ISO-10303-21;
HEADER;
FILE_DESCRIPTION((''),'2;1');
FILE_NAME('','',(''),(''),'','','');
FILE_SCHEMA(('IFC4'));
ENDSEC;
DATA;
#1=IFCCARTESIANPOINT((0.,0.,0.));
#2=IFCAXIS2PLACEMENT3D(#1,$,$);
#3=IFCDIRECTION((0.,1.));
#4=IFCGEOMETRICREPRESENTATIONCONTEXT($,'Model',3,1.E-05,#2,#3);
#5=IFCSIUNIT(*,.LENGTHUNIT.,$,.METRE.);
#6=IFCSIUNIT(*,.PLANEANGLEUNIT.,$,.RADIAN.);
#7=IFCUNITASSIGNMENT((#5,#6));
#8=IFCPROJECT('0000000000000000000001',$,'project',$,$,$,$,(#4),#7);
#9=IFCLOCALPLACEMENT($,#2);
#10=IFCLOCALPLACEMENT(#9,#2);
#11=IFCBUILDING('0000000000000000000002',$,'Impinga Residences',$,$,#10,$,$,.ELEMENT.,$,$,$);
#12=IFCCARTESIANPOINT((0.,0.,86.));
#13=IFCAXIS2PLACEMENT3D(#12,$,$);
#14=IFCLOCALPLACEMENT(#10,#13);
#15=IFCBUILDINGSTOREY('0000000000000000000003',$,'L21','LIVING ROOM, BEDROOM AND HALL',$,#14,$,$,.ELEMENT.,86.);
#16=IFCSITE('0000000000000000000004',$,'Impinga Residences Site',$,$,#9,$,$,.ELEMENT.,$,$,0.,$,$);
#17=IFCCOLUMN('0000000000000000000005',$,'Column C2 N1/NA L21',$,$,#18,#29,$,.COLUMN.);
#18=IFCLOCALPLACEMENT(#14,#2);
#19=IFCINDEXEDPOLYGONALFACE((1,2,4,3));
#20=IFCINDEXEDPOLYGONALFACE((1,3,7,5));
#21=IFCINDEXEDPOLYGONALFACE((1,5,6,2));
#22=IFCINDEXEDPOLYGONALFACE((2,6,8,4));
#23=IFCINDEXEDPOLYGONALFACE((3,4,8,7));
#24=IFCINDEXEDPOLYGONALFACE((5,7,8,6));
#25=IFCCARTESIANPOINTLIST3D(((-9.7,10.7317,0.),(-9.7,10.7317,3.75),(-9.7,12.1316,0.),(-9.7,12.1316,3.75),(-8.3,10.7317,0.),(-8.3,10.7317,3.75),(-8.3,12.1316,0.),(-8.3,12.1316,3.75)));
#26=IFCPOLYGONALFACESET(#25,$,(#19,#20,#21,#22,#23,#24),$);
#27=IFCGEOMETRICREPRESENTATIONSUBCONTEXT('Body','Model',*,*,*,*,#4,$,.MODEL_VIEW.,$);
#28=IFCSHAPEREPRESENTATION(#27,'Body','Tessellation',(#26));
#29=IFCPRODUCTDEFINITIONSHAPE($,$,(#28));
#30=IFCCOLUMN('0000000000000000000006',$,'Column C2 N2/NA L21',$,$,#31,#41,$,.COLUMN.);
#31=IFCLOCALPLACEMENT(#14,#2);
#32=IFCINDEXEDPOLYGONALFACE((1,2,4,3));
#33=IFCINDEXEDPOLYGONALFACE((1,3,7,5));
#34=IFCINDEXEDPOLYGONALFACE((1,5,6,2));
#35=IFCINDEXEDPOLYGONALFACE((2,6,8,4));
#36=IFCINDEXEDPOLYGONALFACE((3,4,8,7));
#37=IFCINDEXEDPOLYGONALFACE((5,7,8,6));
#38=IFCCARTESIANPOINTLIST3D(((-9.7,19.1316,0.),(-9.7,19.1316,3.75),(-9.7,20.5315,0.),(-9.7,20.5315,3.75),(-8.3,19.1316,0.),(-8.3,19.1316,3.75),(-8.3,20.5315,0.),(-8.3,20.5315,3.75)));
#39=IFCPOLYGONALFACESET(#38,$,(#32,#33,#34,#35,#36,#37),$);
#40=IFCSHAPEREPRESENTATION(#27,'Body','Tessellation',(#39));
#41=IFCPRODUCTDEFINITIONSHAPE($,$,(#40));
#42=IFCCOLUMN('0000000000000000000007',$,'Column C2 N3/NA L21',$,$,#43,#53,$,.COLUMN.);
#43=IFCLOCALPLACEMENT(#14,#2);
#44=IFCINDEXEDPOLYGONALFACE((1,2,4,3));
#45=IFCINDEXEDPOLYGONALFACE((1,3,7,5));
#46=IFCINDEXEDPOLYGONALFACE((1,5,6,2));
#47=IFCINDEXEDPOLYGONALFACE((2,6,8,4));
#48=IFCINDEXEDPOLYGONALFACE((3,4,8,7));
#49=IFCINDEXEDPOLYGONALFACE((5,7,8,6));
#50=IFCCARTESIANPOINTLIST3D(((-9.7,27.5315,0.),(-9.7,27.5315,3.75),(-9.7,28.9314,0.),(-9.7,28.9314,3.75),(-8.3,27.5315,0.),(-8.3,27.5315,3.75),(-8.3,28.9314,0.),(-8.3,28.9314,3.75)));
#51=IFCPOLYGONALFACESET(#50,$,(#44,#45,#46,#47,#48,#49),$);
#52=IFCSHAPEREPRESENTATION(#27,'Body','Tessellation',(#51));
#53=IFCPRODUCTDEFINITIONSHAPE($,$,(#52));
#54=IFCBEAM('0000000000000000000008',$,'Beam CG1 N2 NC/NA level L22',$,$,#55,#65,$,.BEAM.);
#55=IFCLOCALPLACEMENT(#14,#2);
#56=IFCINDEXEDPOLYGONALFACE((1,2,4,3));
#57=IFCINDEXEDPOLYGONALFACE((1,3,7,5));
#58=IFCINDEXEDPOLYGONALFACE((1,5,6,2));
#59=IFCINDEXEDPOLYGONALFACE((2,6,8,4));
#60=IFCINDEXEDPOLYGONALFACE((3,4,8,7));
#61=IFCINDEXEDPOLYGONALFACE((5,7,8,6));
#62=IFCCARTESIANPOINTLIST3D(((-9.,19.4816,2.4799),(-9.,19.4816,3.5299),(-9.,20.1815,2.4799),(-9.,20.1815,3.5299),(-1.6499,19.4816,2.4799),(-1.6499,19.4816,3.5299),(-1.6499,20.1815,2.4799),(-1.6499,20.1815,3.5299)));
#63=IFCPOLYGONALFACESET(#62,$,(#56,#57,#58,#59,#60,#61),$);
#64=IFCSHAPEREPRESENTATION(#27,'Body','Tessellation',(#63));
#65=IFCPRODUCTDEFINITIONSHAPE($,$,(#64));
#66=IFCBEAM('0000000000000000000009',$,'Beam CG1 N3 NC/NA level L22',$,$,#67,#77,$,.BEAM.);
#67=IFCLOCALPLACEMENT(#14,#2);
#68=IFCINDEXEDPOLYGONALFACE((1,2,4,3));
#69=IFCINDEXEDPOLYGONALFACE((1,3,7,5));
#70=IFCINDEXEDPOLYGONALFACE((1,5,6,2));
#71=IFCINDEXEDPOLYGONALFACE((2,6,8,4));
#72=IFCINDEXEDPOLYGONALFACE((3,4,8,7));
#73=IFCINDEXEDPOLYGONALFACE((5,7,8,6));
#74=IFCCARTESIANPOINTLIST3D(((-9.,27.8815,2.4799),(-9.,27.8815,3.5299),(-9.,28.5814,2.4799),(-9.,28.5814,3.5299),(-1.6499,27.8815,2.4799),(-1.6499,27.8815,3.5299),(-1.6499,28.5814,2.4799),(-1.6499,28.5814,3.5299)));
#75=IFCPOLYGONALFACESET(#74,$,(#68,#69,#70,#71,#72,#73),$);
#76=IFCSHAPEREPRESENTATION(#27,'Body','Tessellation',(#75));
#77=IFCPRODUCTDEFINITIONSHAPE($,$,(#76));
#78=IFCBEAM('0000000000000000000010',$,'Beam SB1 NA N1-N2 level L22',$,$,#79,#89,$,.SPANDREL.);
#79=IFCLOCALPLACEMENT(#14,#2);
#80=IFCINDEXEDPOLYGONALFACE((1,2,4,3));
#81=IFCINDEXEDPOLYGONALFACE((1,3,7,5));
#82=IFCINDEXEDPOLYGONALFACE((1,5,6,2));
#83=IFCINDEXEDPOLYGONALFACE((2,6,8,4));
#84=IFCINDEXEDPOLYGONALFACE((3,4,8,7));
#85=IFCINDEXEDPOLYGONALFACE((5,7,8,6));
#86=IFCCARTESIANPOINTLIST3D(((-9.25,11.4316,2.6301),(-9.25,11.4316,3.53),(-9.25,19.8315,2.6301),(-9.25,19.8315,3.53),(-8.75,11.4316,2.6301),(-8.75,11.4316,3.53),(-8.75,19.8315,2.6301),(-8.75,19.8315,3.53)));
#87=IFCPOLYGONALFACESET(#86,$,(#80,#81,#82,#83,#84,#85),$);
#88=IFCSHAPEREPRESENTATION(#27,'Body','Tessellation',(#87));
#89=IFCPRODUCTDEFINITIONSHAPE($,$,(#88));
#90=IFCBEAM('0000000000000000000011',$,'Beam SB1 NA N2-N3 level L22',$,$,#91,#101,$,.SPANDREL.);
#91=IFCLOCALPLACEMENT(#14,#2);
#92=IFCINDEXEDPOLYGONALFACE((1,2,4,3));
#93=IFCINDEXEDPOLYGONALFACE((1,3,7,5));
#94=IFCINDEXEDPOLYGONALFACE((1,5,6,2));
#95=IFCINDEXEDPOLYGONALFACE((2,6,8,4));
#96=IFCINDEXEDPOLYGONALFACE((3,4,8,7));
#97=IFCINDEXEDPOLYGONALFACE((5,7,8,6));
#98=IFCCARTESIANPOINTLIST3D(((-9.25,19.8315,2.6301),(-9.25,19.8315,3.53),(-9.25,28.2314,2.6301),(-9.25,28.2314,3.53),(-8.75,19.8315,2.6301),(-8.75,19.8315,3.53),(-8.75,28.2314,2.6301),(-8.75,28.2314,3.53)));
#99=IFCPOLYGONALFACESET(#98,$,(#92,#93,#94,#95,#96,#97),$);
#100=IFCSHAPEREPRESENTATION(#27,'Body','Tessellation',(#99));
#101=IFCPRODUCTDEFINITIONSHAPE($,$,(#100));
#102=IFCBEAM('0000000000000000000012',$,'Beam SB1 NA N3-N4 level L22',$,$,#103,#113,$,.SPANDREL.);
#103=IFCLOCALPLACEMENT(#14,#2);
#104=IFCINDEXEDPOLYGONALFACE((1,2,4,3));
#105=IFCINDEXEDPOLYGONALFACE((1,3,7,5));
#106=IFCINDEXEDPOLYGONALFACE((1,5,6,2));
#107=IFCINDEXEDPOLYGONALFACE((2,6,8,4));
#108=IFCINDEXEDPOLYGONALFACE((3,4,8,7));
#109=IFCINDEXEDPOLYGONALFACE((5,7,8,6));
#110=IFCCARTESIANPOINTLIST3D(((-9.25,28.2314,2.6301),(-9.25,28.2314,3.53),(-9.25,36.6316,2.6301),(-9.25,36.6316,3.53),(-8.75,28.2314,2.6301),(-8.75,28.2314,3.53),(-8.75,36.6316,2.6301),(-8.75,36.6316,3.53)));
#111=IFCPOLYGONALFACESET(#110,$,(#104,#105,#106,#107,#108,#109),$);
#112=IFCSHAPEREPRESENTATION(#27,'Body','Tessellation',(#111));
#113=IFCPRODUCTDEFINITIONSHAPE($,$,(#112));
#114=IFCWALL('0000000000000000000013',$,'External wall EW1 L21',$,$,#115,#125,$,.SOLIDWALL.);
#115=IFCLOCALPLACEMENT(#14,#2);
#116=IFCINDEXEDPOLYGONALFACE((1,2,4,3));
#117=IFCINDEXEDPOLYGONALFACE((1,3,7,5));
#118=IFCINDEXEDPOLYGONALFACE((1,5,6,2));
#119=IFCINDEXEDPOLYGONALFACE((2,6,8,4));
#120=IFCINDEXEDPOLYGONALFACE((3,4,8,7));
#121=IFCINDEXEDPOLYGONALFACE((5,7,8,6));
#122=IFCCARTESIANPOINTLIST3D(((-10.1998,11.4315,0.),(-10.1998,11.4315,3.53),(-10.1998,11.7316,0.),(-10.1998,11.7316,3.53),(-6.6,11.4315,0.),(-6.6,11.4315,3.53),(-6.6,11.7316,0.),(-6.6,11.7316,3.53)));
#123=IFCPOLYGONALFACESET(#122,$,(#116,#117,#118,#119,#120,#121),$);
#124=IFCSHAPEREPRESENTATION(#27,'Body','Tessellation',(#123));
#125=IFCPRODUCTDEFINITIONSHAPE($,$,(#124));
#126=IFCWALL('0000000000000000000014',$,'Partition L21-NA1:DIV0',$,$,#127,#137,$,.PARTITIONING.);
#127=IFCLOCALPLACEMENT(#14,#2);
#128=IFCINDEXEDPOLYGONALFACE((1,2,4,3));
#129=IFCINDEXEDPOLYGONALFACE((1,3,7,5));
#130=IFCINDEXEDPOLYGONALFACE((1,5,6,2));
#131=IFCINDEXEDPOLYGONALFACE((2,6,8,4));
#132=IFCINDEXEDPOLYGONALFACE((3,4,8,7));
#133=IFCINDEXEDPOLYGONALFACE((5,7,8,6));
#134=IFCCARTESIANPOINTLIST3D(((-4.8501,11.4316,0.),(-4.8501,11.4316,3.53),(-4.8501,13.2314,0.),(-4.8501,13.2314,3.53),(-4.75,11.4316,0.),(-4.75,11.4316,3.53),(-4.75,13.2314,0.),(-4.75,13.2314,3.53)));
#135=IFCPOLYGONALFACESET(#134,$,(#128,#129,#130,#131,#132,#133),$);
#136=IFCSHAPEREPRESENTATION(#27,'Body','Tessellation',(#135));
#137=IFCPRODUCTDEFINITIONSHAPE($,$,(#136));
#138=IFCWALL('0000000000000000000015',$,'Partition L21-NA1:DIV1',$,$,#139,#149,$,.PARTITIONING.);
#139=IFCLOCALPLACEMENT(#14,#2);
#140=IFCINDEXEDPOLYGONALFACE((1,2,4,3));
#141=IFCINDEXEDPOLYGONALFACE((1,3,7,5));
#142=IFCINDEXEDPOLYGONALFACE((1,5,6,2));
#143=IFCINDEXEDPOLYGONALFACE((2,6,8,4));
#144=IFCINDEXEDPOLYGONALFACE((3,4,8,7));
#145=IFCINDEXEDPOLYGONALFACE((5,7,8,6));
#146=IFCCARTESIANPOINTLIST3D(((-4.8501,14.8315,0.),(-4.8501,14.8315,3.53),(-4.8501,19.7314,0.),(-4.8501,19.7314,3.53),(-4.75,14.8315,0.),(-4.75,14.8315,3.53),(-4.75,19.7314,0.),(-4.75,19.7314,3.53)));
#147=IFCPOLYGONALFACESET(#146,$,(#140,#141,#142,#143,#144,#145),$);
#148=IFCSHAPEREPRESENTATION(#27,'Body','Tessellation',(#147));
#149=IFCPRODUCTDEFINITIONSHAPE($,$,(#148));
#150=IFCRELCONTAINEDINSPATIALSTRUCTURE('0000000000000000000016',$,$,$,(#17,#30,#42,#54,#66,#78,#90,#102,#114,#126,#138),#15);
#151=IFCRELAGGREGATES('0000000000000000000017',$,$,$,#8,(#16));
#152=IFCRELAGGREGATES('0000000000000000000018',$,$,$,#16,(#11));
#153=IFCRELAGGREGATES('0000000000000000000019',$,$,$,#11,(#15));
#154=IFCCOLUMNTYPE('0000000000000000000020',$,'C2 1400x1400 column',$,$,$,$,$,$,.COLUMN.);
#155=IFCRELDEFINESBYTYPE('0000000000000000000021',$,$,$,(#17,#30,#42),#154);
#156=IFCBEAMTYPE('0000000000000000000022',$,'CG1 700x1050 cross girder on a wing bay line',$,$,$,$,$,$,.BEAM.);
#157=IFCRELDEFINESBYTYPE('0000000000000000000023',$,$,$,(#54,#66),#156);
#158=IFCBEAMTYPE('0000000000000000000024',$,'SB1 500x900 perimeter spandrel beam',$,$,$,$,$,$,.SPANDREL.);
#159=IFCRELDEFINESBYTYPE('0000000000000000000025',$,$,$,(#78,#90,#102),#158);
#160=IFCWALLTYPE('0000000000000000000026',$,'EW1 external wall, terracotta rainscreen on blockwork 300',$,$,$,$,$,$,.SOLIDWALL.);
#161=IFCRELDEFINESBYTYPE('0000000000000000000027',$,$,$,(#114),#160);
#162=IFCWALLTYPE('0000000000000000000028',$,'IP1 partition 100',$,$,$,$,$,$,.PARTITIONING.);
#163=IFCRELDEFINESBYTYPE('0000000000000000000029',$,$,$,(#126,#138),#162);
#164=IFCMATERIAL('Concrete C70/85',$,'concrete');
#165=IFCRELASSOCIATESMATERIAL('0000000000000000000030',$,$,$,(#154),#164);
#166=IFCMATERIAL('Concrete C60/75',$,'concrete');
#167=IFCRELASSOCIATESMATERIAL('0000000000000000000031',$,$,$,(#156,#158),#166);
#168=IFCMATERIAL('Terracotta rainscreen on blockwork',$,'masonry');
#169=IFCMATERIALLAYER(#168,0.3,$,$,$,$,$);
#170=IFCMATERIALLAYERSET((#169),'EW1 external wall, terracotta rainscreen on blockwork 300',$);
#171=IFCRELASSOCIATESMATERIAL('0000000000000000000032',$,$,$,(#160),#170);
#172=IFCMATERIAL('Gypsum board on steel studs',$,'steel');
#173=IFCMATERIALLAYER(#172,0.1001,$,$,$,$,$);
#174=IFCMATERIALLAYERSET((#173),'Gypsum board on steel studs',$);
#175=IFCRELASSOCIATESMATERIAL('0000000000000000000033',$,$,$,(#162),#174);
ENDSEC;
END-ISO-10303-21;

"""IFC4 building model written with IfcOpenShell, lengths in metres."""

from ifc_helpers import new_model, si_unit, direction, frame, frame_2d, origin, origin_2d, place, context, subcontext, project, spatial, rectangle, extrude, material, layer, layer_set, material_profile, profile_set, type_object, element, save


model = new_model("IFC4")

# Units and contexts
model_context = context("Model", 3, precision=1e-05, world=origin(), true_north=direction((0.0, 1.0)))
body_context = subcontext(model_context, "Body", "Model", "MODEL_VIEW")
ifc_project = project(units=[si_unit("LENGTHUNIT", "METRE"), si_unit("PLANEANGLEUNIT", "RADIAN")], contexts=[model_context])

# Site, building, storey
site_placement = place(None, origin())
site = spatial("IfcSite", under=ifc_project, at=site_placement, Name="Impinga Residences Site", CompositionType="ELEMENT", RefElevation=0.0)
building_placement = place(site_placement, origin())
building = spatial("IfcBuilding", under=site, at=building_placement, Name="Impinga Residences", CompositionType="ELEMENT")
storey_placement = place(building_placement, frame((0.0, 0.0, 86.0)))
storey = spatial("IfcBuildingStorey", under=building, at=storey_placement, Name="L21", Description="LIVING ROOM, BEDROOM AND HALL", CompositionType="ELEMENT", Elevation=86.0)

# Columns
ifc_material_1 = material(Name="Concrete C70/85", Category="concrete")
ifc_material_profile_1 = material_profile(ifc_material_1, rectangle(XDim=1.3999, YDim=1.3999, at=origin_2d()), Name="RC 1400x1400")
ifc_profile_set_1 = profile_set([ifc_material_profile_1], Name="Concrete C70/85")
column_type = type_object("IfcColumnType", Name="C2 1400x1400 column", PredefinedType="COLUMN", material=ifc_profile_set_1)
for number, where, z_axis, x_axis, name in (
    (1, (-9.0, 11.4316, 0.0), (0.0, 0.0, 1.0), (1.0, 0.0, 0.0), "Column C2 N1/NA L21"),
    (2, (-9.0, 19.8315, 0.0), (0.0, 0.0, 1.0), (1.0, 0.0, 0.0), "Column C2 N2/NA L21"),
    (3, (-9.0, 28.2314, 0.0), (0.0, 0.0, 1.0), (1.0, 0.0, 0.0), "Column C2 N3/NA L21"),
):
    element("IfcColumn", number, at=place(storey_placement, frame(where, z_axis=z_axis, x_axis=x_axis)), inside=storey, type_object=column_type, Name=name, PredefinedType="COLUMN", context=body_context, shape_type="SweptSolid", body=[
        extrude(rectangle(XDim=1.3999, YDim=1.3999, at=origin_2d()), origin(), (0.0, 0.0, 1.0), 3.75),
    ])

# Beams
ifc_material_2 = material(Name="Concrete C60/75", Category="concrete")
ifc_material_profile_2 = material_profile(ifc_material_2, rectangle(XDim=0.7, YDim=1.05, at=origin_2d()), Name="RC 700x1050")
ifc_profile_set_2 = profile_set([ifc_material_profile_2], Name="Concrete C60/75")
beam_type_1 = type_object("IfcBeamType", Name="CG1 700x1050 cross girder on a wing bay line", PredefinedType="BEAM", material=ifc_profile_set_2)
for number, where, z_axis, x_axis, name in (
    (4, (-1.6499, 19.8315, 3.0049), (-1.0, 0.0, 0.0), (0.0, -1.0, 0.0), "Beam CG1 N2 NC/NA level L22"),
    (5, (-1.6499, 28.2314, 3.0049), (-1.0, 0.0, 0.0), (0.0, -1.0, 0.0), "Beam CG1 N3 NC/NA level L22"),
):
    element("IfcBeam", number, at=place(storey_placement, frame(where, z_axis=z_axis, x_axis=x_axis)), inside=storey, type_object=beam_type_1, Name=name, PredefinedType="BEAM", context=body_context, shape_type="SweptSolid", body=[
        extrude(rectangle(XDim=0.7, YDim=1.05, at=origin_2d()), origin(), (0.0, 0.0, 1.0), 7.3501),
    ])
ifc_material_profile_3 = material_profile(ifc_material_2, rectangle(XDim=0.5, YDim=0.8999, at=origin_2d()), Name="RC 500x900")
ifc_profile_set_3 = profile_set([ifc_material_profile_3], Name="Concrete C60/75")
beam_type_2 = type_object("IfcBeamType", Name="SB1 500x900 perimeter spandrel beam", PredefinedType="SPANDREL", material=ifc_profile_set_3)
for number, where, z_axis, x_axis, name in (
    (6, (-9.0, 11.4316, 3.0801), (0.0, 1.0, 0.0), (-1.0, 0.0, 0.0), "Beam SB1 NA N1-N2 level L22"),
    (7, (-9.0, 19.8315, 3.0801), (0.0, 1.0, 0.0), (-1.0, 0.0, 0.0), "Beam SB1 NA N2-N3 level L22"),
):
    element("IfcBeam", number, at=place(storey_placement, frame(where, z_axis=z_axis, x_axis=x_axis)), inside=storey, type_object=beam_type_2, Name=name, PredefinedType="SPANDREL", context=body_context, shape_type="SweptSolid", body=[
        extrude(rectangle(XDim=0.5, YDim=0.8999, at=origin_2d()), origin(), (0.0, 0.0, 1.0), 8.3999),
    ])
beam_placement = place(storey_placement, frame((-9.0, 28.2314, 3.0801), z_axis=(0.0, 1.0, 0.0), x_axis=(-1.0, 0.0, 0.0)))
element("IfcBeam", 8, at=beam_placement, inside=storey, type_object=beam_type_2, Name="Beam SB1 NA N3-N4 level L22", PredefinedType="SPANDREL", context=body_context, shape_type="SweptSolid", body=[
    extrude(rectangle(XDim=0.5, YDim=0.8999, at=origin_2d()), origin(), (0.0, 0.0, 1.0), 8.4001),
])

# Walls
ifc_material_3 = material(Name="Terracotta rainscreen on blockwork", Category="masonry")
ifc_layer_1 = layer(ifc_material_3, 0.3)
ifc_layer_set_1 = layer_set([ifc_layer_1], Name="EW1 external wall, terracotta rainscreen on blockwork 300")
wall_type_1 = type_object("IfcWallType", Name="EW1 external wall, terracotta rainscreen on blockwork 300", PredefinedType="SOLIDWALL", material=ifc_layer_set_1)
wall_1_placement = place(storey_placement, frame((-6.6001, 11.5815, 0.0), z_axis=(0.0, 0.0, 1.0), x_axis=(-1.0, 0.0, 0.0)))
element("IfcWall", 9, at=wall_1_placement, inside=storey, type_object=wall_type_1, Name="External wall EW1 L21", PredefinedType="SOLIDWALL", context=body_context, shape_type="SweptSolid", body=[
    extrude(rectangle(XDim=3.5999, YDim=0.3, at=frame_2d((1.7998, 0.0))), origin(), (0.0, 0.0, 1.0), 3.53),
])
ifc_material_4 = material(Name="Gypsum board on steel studs", Category="steel")
ifc_layer_2 = layer(ifc_material_4, 0.1001)
ifc_layer_set_2 = layer_set([ifc_layer_2], Name="Gypsum board on steel studs")
wall_type_2 = type_object("IfcWallType", Name="IP1 partition 100", PredefinedType="PARTITIONING", material=ifc_layer_set_2)
wall_2_placement = place(storey_placement, frame((-4.8, 11.4316, 0.0), z_axis=(0.0, 0.0, 1.0), x_axis=(0.0, 1.0, 0.0)))
element("IfcWall", 10, at=wall_2_placement, inside=storey, type_object=wall_type_2, Name="Partition L21-NA1:DIV0", PredefinedType="PARTITIONING", context=body_context, shape_type="SweptSolid", body=[
    extrude(rectangle(XDim=1.7998, YDim=0.1001, at=frame_2d((0.8999, 0.0))), origin(), (0.0, 0.0, 1.0), 3.53),
])
wall_3_placement = place(storey_placement, frame((-4.8, 14.8315, 0.0), z_axis=(0.0, 0.0, 1.0), x_axis=(0.0, 1.0, 0.0)))
element("IfcWall", 11, at=wall_3_placement, inside=storey, type_object=wall_type_2, Name="Partition L21-NA1:DIV1", PredefinedType="PARTITIONING", context=body_context, shape_type="SweptSolid", body=[
    extrude(rectangle(XDim=4.8999, YDim=0.1001, at=frame_2d((2.45, 0.0))), origin(), (0.0, 0.0, 1.0), 3.53),
])

save(model, "model.ifc")
